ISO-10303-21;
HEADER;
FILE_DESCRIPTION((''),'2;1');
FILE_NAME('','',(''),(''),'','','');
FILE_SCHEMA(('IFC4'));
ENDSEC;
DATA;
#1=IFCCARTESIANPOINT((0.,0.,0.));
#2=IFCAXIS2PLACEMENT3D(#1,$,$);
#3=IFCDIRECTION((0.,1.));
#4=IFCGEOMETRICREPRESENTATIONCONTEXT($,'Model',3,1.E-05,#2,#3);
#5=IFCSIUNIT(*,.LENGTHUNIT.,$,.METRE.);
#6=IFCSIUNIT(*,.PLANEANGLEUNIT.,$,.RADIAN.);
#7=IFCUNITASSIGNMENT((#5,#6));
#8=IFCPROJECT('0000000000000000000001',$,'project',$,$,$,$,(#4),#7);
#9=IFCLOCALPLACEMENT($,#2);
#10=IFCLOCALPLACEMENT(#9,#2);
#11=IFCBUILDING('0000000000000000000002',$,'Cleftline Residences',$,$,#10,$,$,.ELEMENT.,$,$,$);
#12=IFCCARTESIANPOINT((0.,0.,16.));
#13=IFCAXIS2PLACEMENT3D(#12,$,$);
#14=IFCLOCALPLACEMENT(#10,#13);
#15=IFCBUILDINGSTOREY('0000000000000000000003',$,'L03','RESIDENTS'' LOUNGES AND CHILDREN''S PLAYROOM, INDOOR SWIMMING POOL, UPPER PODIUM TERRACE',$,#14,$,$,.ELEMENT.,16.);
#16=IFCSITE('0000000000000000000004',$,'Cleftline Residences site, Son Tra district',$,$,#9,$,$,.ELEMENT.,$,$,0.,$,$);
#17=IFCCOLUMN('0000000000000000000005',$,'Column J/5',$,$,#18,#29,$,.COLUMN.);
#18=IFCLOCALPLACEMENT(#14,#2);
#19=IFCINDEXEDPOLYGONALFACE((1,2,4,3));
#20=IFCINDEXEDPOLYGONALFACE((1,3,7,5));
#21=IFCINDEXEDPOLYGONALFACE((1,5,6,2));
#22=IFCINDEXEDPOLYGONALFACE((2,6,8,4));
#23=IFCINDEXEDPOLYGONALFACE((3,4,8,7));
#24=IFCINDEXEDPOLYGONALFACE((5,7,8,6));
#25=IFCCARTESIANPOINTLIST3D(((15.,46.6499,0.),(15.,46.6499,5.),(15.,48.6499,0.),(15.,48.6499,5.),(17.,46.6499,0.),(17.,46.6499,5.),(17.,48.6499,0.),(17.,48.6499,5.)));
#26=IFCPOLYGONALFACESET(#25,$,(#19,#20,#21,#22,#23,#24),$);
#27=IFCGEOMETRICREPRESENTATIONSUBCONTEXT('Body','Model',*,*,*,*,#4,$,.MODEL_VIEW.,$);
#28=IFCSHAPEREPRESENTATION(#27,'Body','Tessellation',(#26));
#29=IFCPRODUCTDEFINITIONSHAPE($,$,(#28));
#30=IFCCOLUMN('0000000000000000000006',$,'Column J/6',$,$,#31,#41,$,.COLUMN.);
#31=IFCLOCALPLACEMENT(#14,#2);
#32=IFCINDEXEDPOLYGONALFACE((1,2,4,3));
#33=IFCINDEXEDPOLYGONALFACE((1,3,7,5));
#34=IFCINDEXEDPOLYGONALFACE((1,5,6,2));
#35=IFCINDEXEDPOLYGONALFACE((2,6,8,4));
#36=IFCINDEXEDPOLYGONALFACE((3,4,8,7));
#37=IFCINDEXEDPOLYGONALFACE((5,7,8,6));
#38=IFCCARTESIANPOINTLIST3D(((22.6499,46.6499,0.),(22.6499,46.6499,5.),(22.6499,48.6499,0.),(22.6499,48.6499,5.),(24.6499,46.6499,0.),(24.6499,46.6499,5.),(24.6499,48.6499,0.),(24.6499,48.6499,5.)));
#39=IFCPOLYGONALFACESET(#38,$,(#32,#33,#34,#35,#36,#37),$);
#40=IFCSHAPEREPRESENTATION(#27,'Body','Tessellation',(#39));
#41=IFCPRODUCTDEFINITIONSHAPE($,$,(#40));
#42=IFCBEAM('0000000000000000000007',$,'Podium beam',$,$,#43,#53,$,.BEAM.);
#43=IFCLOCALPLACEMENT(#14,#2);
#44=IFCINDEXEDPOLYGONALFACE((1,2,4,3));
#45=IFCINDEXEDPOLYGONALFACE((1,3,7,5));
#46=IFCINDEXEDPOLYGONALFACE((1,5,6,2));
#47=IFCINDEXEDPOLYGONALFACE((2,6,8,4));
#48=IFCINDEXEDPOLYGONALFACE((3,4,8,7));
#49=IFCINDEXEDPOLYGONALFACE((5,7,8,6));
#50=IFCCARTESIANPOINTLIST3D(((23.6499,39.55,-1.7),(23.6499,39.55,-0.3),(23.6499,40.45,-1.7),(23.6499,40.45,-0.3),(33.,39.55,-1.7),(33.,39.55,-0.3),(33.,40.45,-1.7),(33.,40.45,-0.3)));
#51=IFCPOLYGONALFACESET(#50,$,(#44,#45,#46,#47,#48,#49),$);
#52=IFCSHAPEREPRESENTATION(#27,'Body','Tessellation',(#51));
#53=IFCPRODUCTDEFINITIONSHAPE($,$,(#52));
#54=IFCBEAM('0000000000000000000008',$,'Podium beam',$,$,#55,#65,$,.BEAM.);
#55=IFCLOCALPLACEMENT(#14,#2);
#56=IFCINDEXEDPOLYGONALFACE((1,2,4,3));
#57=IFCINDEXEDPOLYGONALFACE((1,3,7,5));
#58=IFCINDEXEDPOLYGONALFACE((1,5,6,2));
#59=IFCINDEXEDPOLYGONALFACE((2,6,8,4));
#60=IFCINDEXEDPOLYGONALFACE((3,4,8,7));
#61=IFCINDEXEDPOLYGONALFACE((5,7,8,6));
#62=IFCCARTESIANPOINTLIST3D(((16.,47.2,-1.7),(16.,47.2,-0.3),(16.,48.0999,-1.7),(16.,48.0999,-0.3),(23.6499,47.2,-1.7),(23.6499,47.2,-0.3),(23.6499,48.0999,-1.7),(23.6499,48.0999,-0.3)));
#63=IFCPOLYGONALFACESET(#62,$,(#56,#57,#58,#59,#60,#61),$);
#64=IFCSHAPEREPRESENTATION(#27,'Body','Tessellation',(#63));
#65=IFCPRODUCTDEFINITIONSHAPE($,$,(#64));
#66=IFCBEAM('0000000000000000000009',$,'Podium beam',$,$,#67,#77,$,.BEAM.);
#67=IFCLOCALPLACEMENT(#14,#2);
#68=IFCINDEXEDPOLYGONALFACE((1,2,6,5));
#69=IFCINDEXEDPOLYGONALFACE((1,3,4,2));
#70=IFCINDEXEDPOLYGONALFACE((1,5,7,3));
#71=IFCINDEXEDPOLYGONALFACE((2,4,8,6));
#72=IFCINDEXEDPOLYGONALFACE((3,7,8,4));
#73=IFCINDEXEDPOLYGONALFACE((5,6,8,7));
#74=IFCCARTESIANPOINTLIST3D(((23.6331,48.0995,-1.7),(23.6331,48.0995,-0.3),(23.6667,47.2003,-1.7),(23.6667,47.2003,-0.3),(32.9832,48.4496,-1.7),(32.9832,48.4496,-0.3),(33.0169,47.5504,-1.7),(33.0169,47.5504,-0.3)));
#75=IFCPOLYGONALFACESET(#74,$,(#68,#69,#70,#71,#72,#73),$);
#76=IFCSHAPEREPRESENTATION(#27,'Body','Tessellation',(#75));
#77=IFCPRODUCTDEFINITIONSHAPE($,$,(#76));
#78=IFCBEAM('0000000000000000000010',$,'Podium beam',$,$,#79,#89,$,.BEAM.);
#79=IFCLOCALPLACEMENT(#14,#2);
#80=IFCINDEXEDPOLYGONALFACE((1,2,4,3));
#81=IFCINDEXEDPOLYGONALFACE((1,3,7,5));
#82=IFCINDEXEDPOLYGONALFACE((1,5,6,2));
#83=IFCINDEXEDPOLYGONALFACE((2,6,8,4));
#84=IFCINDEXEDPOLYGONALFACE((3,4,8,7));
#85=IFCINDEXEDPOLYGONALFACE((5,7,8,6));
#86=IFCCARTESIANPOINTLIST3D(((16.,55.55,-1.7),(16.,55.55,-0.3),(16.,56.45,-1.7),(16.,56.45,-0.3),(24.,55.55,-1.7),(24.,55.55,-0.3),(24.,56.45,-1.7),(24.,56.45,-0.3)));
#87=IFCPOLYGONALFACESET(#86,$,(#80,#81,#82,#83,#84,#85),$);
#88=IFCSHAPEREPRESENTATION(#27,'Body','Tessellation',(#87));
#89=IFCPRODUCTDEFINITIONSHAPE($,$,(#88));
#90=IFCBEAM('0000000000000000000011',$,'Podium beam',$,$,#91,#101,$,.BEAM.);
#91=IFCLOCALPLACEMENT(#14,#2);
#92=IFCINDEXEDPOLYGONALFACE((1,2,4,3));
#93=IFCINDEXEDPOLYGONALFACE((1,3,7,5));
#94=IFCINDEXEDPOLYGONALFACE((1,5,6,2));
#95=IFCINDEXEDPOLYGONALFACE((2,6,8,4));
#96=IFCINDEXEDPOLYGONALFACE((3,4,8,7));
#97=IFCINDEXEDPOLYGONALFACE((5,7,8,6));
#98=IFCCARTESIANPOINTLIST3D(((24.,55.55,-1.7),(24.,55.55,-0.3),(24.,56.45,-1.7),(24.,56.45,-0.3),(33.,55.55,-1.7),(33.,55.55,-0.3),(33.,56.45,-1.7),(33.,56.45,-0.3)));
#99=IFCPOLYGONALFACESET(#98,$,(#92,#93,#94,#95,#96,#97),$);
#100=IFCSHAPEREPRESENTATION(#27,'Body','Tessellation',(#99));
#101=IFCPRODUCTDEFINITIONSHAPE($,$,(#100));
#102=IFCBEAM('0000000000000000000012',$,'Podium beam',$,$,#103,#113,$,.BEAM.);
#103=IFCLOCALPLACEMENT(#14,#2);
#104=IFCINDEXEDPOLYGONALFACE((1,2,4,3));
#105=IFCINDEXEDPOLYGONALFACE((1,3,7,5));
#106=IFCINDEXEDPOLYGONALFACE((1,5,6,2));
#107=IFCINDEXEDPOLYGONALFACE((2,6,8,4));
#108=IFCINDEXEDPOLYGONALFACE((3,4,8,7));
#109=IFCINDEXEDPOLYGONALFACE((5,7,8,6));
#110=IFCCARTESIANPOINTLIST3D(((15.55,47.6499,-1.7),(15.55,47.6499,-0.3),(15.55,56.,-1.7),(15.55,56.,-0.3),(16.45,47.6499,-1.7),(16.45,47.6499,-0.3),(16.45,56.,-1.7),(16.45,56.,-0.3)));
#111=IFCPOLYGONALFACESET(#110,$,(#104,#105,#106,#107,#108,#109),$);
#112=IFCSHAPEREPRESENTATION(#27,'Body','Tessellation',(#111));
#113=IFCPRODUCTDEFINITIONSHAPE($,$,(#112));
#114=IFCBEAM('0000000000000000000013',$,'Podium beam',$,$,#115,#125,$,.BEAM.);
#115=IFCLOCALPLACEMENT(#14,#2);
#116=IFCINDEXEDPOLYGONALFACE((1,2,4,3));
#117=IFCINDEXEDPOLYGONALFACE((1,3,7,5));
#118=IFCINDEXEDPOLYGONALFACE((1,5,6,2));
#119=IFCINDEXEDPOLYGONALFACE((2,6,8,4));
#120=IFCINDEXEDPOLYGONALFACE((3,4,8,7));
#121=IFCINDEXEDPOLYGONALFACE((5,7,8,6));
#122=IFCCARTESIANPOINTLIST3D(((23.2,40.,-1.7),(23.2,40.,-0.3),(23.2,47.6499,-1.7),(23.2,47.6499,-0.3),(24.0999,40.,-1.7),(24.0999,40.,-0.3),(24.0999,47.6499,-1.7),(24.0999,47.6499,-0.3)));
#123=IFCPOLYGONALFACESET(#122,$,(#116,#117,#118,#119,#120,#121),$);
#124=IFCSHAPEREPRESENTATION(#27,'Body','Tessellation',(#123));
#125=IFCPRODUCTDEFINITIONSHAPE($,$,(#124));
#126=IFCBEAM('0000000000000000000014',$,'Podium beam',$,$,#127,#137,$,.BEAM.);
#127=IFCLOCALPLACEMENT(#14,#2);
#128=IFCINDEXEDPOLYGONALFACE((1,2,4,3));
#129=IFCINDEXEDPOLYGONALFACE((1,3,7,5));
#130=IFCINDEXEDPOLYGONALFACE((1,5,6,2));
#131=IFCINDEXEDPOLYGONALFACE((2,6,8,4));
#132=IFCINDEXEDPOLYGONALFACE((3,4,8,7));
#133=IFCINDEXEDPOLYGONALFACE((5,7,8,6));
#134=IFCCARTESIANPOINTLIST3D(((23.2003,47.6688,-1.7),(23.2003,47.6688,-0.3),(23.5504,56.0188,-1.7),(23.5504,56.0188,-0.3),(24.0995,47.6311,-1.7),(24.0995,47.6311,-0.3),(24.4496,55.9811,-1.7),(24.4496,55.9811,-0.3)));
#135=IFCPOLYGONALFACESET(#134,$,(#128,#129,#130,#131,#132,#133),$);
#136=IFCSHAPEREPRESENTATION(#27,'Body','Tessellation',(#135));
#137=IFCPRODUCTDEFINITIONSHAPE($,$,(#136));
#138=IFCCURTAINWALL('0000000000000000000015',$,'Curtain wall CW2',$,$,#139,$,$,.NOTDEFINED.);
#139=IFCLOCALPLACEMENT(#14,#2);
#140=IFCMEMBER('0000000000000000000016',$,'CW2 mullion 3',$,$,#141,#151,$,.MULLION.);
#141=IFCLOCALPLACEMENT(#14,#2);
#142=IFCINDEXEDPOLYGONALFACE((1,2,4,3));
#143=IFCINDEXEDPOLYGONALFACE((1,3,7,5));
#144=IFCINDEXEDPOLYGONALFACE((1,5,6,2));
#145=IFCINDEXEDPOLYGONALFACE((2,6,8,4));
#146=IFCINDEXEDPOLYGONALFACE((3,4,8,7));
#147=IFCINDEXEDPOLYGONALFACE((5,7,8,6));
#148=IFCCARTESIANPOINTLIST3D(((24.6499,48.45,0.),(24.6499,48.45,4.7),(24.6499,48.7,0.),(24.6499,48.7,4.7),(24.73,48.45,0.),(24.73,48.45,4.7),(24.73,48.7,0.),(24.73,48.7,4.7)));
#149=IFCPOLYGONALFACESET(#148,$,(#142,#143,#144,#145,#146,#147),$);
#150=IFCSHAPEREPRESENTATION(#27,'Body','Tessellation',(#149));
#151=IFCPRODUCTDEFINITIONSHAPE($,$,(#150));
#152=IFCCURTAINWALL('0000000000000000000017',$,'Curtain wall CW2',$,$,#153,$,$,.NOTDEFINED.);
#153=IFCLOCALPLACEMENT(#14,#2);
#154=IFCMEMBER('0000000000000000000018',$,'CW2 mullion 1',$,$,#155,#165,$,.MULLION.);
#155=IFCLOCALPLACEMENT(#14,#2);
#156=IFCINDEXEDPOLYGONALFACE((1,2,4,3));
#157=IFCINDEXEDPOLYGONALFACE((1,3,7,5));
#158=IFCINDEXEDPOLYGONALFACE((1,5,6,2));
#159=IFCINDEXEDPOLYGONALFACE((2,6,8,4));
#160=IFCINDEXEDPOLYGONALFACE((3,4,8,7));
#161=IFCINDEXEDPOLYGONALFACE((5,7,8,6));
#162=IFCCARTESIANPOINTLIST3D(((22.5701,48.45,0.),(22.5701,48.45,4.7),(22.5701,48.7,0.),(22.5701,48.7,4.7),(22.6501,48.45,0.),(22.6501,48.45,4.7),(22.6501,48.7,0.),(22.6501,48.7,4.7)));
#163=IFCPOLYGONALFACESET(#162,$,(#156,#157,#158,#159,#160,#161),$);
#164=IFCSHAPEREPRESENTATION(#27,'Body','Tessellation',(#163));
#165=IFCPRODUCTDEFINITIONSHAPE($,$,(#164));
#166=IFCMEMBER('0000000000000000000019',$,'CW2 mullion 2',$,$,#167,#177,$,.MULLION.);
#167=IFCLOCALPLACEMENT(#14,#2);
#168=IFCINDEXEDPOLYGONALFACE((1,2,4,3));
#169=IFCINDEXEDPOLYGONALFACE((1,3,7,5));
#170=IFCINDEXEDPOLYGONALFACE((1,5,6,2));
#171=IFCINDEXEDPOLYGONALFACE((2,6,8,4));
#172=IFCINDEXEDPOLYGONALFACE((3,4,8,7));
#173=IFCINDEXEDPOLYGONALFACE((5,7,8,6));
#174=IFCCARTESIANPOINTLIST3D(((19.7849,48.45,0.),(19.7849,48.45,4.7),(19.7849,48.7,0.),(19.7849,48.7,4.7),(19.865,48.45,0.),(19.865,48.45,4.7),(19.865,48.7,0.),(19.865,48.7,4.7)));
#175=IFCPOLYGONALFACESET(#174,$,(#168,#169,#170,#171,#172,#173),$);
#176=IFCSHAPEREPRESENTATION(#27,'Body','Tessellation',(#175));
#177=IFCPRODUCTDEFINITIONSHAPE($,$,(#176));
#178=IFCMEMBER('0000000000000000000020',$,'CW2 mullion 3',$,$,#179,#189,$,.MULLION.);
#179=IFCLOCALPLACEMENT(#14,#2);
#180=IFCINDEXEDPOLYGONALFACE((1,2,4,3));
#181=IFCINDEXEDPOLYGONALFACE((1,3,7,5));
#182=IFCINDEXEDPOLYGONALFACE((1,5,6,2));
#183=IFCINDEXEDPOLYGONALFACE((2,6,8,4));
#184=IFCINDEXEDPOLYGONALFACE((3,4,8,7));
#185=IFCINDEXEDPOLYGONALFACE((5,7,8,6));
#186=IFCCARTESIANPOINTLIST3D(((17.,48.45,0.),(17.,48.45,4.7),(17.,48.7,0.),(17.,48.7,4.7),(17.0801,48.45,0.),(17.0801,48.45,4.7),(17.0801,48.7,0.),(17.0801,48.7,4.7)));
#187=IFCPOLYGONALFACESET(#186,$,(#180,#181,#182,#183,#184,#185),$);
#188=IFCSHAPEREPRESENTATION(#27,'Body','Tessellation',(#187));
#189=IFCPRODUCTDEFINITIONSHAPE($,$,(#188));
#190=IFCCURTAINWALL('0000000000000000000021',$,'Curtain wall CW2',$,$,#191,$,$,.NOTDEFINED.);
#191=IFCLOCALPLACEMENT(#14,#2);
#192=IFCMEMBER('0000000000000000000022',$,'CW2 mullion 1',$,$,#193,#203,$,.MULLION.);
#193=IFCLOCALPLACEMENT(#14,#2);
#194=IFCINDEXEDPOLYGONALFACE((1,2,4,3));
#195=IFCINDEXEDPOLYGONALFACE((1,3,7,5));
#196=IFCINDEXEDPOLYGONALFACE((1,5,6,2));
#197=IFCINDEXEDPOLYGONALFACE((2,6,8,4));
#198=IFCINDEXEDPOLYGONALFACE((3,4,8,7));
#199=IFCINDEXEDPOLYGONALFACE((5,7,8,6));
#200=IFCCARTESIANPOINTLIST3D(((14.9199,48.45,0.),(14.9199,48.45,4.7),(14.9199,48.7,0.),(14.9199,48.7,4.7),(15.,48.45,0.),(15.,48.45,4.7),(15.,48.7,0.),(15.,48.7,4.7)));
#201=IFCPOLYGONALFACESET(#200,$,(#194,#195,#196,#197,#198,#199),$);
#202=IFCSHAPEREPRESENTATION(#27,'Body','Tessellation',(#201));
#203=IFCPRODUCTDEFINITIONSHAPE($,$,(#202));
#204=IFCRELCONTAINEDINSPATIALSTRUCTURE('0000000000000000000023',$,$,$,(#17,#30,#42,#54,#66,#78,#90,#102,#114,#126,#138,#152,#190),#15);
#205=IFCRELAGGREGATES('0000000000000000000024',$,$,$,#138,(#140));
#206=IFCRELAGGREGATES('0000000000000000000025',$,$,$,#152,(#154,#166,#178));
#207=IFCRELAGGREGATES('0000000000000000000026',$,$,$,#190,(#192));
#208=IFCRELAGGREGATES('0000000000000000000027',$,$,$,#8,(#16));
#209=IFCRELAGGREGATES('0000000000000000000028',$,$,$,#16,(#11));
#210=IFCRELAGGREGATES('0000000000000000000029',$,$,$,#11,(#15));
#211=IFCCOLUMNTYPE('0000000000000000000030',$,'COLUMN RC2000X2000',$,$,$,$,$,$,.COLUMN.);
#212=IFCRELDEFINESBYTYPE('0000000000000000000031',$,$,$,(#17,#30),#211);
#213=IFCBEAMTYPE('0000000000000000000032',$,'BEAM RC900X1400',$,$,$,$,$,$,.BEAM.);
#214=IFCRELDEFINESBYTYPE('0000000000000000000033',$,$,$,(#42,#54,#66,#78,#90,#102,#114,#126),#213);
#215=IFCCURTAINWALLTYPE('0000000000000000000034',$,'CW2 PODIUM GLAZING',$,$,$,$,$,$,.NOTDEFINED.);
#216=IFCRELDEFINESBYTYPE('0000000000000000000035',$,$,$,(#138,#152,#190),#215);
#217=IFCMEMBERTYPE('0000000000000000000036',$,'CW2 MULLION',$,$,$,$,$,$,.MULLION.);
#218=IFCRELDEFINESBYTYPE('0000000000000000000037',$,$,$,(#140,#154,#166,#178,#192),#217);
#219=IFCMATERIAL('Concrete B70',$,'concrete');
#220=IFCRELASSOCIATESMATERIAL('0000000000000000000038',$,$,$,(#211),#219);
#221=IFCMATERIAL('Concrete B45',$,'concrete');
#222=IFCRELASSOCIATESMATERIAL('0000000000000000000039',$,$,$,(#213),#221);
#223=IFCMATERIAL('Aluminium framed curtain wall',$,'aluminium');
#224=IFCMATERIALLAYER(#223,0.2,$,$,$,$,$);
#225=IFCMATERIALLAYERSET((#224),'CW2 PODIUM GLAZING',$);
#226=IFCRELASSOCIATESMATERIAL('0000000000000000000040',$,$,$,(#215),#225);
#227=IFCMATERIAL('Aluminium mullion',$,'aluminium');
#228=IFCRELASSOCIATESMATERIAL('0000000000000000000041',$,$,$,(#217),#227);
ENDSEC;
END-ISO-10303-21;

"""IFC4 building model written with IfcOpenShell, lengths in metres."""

from ifc_helpers import new_model, si_unit, direction, frame, origin, origin_2d, place, context, subcontext, project, spatial, rectangle, extrude, material, layer, layer_set, material_profile, profile_set, type_object, element, aggregate, save


model = new_model("IFC4")

# Units and contexts
model_context = context("Model", 3, precision=1e-05, world=origin(), true_north=direction((0.0, 1.0)))
body_context = subcontext(model_context, "Body", "Model", "MODEL_VIEW")
ifc_project = project(units=[si_unit("LENGTHUNIT", "METRE"), si_unit("PLANEANGLEUNIT", "RADIAN")], contexts=[model_context])

# Site, building, storey
site_placement = place(None, origin())
site = spatial("IfcSite", under=ifc_project, at=site_placement, Name="Cleftline Residences site, Son Tra district", CompositionType="ELEMENT", RefElevation=0.0)
building_placement = place(site_placement, origin())
building = spatial("IfcBuilding", under=site, at=building_placement, Name="Cleftline Residences", CompositionType="ELEMENT")
storey_placement = place(building_placement, frame((0.0, 0.0, 16.0)))
storey = spatial("IfcBuildingStorey", under=building, at=storey_placement, Name="L03", Description="RESIDENTS' LOUNGES AND CHILDREN'S PLAYROOM, INDOOR SWIMMING POOL, UPPER PODIUM TERRACE", CompositionType="ELEMENT", Elevation=16.0)

# Columns
ifc_material_1 = material(Name="Concrete B70", Category="concrete")
ifc_material_profile_1 = material_profile(ifc_material_1, rectangle(XDim=2.0, YDim=2.0, at=origin_2d()))
ifc_profile_set_1 = profile_set([ifc_material_profile_1], Name="Concrete B70")
column_type = type_object("IfcColumnType", Name="COLUMN RC2000X2000", PredefinedType="COLUMN", material=ifc_profile_set_1)
for number, where, z_axis, x_axis, name in (
    (1, (16.0, 47.6499, 0.0), (0.0, 0.0, 1.0), (1.0, 0.0, 0.0), "Column J/5"),
    (2, (23.6499, 47.6499, 0.0), (0.0, 0.0, 1.0), (1.0, 0.0, 0.0), "Column J/6"),
):
    element("IfcColumn", number, at=place(storey_placement, frame(where, z_axis=z_axis, x_axis=x_axis)), inside=storey, type_object=column_type, Name=name, PredefinedType="COLUMN", context=body_context, shape_type="SweptSolid", body=[
        extrude(rectangle(XDim=2.0, YDim=2.0, at=origin_2d()), origin(), (0.0, 0.0, 1.0), 5.0),
    ])

# Beams
ifc_material_2 = material(Name="Concrete B45", Category="concrete")
ifc_material_profile_2 = material_profile(ifc_material_2, rectangle(XDim=0.8999, YDim=1.3999, at=origin_2d()))
ifc_profile_set_2 = profile_set([ifc_material_profile_2], Name="Concrete B45")
beam_type = type_object("IfcBeamType", Name="BEAM RC900X1400", PredefinedType="BEAM", material=ifc_profile_set_2)
beam_1_placement = place(storey_placement, frame((23.6499, 40.0, -1.0), z_axis=(1.0, 0.0, 0.0), x_axis=(0.0, 1.0, 0.0)))
element("IfcBeam", 3, at=beam_1_placement, inside=storey, type_object=beam_type, Name="Podium beam", PredefinedType="BEAM", context=body_context, shape_type="SweptSolid", body=[
    extrude(rectangle(XDim=0.8999, YDim=1.3999, at=origin_2d()), origin(), (0.0, 0.0, 1.0), 9.3501),
])
beam_2_placement = place(storey_placement, frame((16.0, 47.6499, -1.0), z_axis=(1.0, 0.0, 0.0), x_axis=(0.0, 1.0, 0.0)))
element("IfcBeam", 4, at=beam_2_placement, inside=storey, type_object=beam_type, Name="Podium beam", PredefinedType="BEAM", context=body_context, shape_type="SweptSolid", body=[
    extrude(rectangle(XDim=0.8999, YDim=1.3999, at=origin_2d()), origin(), (0.0, 0.0, 1.0), 7.6499),
])
beam_3_placement = place(storey_placement, frame((23.6499, 47.6499, -1.0), z_axis=(0.9993, 0.037417, 0.0), x_axis=(-0.037417, 0.9993, 0.0)))
element("IfcBeam", 5, at=beam_3_placement, inside=storey, type_object=beam_type, Name="Podium beam", PredefinedType="BEAM", context=body_context, shape_type="SweptSolid", body=[
    extrude(rectangle(XDim=0.8999, YDim=1.3999, at=origin_2d()), origin(), (0.0, 0.0, 1.0), 9.3567),
])
beam_4_placement = place(storey_placement, frame((16.0, 56.0, -1.0), z_axis=(1.0, 0.0, 0.0), x_axis=(0.0, 1.0, 0.0)))
element("IfcBeam", 6, at=beam_4_placement, inside=storey, type_object=beam_type, Name="Podium beam", PredefinedType="BEAM", context=body_context, shape_type="SweptSolid", body=[
    extrude(rectangle(XDim=0.8999, YDim=1.3999, at=origin_2d()), origin(), (0.0, 0.0, 1.0), 8.0),
])
beam_5_placement = place(storey_placement, frame((24.0, 56.0, -1.0), z_axis=(1.0, 0.0, 0.0), x_axis=(0.0, 1.0, 0.0)))
element("IfcBeam", 7, at=beam_5_placement, inside=storey, type_object=beam_type, Name="Podium beam", PredefinedType="BEAM", context=body_context, shape_type="SweptSolid", body=[
    extrude(rectangle(XDim=0.8999, YDim=1.3999, at=origin_2d()), origin(), (0.0, 0.0, 1.0), 9.0),
])
beam_6_placement = place(storey_placement, frame((16.0, 47.6499, -1.0), z_axis=(0.0, 1.0, 0.0), x_axis=(-1.0, 0.0, 0.0)))
element("IfcBeam", 8, at=beam_6_placement, inside=storey, type_object=beam_type, Name="Podium beam", PredefinedType="BEAM", context=body_context, shape_type="SweptSolid", body=[
    extrude(rectangle(XDim=0.8999, YDim=1.3999, at=origin_2d()), origin(), (0.0, 0.0, 1.0), 8.3501),
])
beam_7_placement = place(storey_placement, frame((23.6499, 40.0, -1.0), z_axis=(0.0, 1.0, 0.0), x_axis=(-1.0, 0.0, 0.0)))
element("IfcBeam", 9, at=beam_7_placement, inside=storey, type_object=beam_type, Name="Podium beam", PredefinedType="BEAM", context=body_context, shape_type="SweptSolid", body=[
    extrude(rectangle(XDim=0.8999, YDim=1.3999, at=origin_2d()), origin(), (0.0, 0.0, 1.0), 7.6499),
])
beam_8_placement = place(storey_placement, frame((23.6499, 47.6499, -1.0), z_axis=(0.041891, 0.999122, 0.0), x_axis=(-0.999122, 0.041891, 0.0)))
element("IfcBeam", 10, at=beam_8_placement, inside=storey, type_object=beam_type, Name="Podium beam", PredefinedType="BEAM", context=body_context, shape_type="SweptSolid", body=[
    extrude(rectangle(XDim=0.8999, YDim=1.3999, at=origin_2d()), origin(), (0.0, 0.0, 1.0), 8.3574),
])

# Curtain wall, member
ifc_material_3 = material(Name="Aluminium framed curtain wall", Category="aluminium")
ifc_layer_1 = layer(ifc_material_3, 0.2)
ifc_layer_set_1 = layer_set([ifc_layer_1], Name="CW2 PODIUM GLAZING")
curtain_wall_type = type_object("IfcCurtainWallType", Name="CW2 PODIUM GLAZING", PredefinedType="NOTDEFINED", material=ifc_layer_set_1)
curtain_wall_1_placement = place(storey_placement, origin())
curtain_wall_1 = element("IfcCurtainWall", 11, at=curtain_wall_1_placement, inside=storey, type_object=curtain_wall_type, Name="Curtain wall CW2", PredefinedType="NOTDEFINED")
ifc_material_4 = material(Name="Aluminium mullion", Category="aluminium")
ifc_material_profile_3 = material_profile(ifc_material_4, rectangle(XDim=0.25, YDim=0.0801, at=origin_2d()))
ifc_profile_set_3 = profile_set([ifc_material_profile_3], Name="Aluminium mullion")
member_type_1 = type_object("IfcMemberType", Name="CW2 MULLION", PredefinedType="MULLION", material=ifc_profile_set_3)
member_1_placement = place(storey_placement, frame((24.6899, 48.575, 0.0), z_axis=(0.0, 0.0, 1.0), x_axis=(0.0, -1.0, 0.0)))
member_1 = element("IfcMember", 12, at=member_1_placement, type_object=member_type_1, Name="CW2 mullion 3", PredefinedType="MULLION", context=body_context, shape_type="SweptSolid", body=[
    extrude(rectangle(XDim=0.25, YDim=0.0801, at=origin_2d()), origin(), (0.0, 0.0, 1.0), 4.7),
])

# Curtain walls, members
curtain_wall_2_placement = place(storey_placement, origin())
curtain_wall_2 = element("IfcCurtainWall", 13, at=curtain_wall_2_placement, inside=storey, type_object=curtain_wall_type, Name="Curtain wall CW2", PredefinedType="NOTDEFINED")
member_2_placement = place(storey_placement, frame((22.6101, 48.575, 0.0), z_axis=(0.0, 0.0, 1.0), x_axis=(0.0, -1.0, 0.0)))
member_2 = element("IfcMember", 14, at=member_2_placement, type_object=member_type_1, Name="CW2 mullion 1", PredefinedType="MULLION", context=body_context, shape_type="SweptSolid", body=[
    extrude(rectangle(XDim=0.25, YDim=0.0801, at=origin_2d()), origin(), (0.0, 0.0, 1.0), 4.7),
])
member_3_placement = place(storey_placement, frame((19.825, 48.575, 0.0), z_axis=(0.0, 0.0, 1.0), x_axis=(0.0, -1.0, 0.0)))
member_3 = element("IfcMember", 15, at=member_3_placement, type_object=member_type_1, Name="CW2 mullion 2", PredefinedType="MULLION", context=body_context, shape_type="SweptSolid", body=[
    extrude(rectangle(XDim=0.25, YDim=0.0801, at=origin_2d()), origin(), (0.0, 0.0, 1.0), 4.7),
])
member_4_placement = place(storey_placement, frame((17.04, 48.575, 0.0), z_axis=(0.0, 0.0, 1.0), x_axis=(0.0, -1.0, 0.0)))
member_4 = element("IfcMember", 16, at=member_4_placement, type_object=member_type_1, Name="CW2 mullion 3", PredefinedType="MULLION", context=body_context, shape_type="SweptSolid", body=[
    extrude(rectangle(XDim=0.25, YDim=0.0801, at=origin_2d()), origin(), (0.0, 0.0, 1.0), 4.7),
])
curtain_wall_3_placement = place(storey_placement, origin())
curtain_wall_3 = element("IfcCurtainWall", 17, at=curtain_wall_3_placement, inside=storey, type_object=curtain_wall_type, Name="Curtain wall CW2", PredefinedType="NOTDEFINED")
member_5_placement = place(storey_placement, frame((14.96, 48.575, 0.0), z_axis=(0.0, 0.0, 1.0), x_axis=(0.0, -1.0, 0.0)))
member_5 = element("IfcMember", 18, at=member_5_placement, type_object=member_type_1, Name="CW2 mullion 1", PredefinedType="MULLION", context=body_context, shape_type="SweptSolid", body=[
    extrude(rectangle(XDim=0.25, YDim=0.0801, at=origin_2d()), origin(), (0.0, 0.0, 1.0), 4.7),
])

aggregate(curtain_wall_1, [member_1])
aggregate(curtain_wall_2, [member_2, member_3, member_4])
aggregate(curtain_wall_3, [member_5])

save(model, "model.ifc")
